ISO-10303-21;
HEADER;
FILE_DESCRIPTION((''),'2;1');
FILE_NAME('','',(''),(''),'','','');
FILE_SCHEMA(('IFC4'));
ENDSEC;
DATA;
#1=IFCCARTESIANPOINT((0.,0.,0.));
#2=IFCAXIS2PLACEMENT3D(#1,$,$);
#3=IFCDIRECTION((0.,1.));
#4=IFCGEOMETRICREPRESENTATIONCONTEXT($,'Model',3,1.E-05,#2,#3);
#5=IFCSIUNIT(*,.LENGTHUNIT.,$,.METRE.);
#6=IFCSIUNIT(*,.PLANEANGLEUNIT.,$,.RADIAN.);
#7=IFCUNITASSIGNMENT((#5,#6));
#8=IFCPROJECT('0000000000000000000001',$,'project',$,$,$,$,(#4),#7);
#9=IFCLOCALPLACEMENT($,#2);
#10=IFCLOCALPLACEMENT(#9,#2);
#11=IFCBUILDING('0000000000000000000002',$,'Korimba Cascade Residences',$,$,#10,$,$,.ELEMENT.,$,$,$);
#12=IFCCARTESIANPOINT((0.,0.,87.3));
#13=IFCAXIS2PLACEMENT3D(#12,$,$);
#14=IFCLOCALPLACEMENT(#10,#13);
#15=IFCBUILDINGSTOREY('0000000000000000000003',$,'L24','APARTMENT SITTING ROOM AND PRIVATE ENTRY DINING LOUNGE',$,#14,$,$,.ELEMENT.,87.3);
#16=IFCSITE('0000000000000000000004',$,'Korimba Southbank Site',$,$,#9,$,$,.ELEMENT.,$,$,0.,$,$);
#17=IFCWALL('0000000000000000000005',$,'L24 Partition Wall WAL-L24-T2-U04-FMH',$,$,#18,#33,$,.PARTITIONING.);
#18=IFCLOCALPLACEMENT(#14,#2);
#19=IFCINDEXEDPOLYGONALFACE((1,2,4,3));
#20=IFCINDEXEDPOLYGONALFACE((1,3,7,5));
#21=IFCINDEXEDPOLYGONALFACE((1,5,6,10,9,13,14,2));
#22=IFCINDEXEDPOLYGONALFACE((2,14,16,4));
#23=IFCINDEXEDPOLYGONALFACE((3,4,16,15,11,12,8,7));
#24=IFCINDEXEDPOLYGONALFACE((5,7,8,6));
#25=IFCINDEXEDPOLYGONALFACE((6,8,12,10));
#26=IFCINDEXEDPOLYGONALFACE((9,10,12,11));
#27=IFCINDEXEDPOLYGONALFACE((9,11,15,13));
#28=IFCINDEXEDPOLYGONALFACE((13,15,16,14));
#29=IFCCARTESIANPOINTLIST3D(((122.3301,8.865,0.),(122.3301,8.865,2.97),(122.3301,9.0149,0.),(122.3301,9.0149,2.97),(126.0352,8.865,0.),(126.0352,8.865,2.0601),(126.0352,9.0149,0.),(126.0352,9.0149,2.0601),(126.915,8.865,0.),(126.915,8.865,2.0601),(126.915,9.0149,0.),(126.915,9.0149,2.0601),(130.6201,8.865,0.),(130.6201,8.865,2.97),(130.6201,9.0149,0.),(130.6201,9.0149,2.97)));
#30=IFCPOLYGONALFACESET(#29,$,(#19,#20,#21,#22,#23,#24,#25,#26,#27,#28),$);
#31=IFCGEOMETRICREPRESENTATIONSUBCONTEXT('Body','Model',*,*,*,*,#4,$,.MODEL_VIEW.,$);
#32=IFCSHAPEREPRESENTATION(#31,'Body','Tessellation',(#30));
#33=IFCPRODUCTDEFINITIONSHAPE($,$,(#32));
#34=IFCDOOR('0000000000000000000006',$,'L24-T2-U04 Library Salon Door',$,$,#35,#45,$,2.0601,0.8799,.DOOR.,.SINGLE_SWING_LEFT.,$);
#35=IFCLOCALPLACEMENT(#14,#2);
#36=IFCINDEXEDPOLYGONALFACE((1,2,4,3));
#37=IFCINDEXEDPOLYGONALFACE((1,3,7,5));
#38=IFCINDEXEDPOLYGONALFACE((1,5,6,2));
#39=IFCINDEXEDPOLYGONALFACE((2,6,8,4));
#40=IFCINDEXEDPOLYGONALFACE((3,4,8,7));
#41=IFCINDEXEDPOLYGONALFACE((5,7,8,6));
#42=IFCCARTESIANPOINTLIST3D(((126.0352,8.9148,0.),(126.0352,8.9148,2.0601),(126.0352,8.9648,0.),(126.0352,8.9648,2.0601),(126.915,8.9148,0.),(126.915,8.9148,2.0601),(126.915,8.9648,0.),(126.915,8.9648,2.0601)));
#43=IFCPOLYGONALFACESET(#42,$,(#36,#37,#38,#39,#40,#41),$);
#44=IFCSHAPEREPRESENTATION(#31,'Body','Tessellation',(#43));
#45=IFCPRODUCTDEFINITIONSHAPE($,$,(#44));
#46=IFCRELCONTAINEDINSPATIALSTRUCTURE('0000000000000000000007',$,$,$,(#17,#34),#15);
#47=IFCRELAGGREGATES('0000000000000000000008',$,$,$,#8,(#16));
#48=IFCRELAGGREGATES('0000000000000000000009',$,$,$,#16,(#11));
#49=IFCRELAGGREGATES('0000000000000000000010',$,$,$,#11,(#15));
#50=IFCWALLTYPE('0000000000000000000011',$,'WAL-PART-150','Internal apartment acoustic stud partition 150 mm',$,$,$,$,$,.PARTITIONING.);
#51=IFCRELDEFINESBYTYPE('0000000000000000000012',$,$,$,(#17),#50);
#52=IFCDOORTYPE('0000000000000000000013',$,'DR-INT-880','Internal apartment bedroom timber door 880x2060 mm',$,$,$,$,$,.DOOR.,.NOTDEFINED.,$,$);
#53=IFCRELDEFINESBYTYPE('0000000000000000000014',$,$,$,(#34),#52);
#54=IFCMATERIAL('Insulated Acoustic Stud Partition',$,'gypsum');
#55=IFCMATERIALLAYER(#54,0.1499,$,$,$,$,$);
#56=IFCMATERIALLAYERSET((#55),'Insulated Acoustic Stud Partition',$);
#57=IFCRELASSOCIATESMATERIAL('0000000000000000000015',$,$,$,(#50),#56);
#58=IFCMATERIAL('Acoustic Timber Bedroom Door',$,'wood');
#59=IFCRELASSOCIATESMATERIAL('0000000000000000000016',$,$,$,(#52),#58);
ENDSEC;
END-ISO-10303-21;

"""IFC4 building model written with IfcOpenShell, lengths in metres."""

from ifc_helpers import new_model, si_unit, direction, frame, frame_2d, origin, place, context, subcontext, project, spatial, rectangle, extrude, material, layer, layer_set, type_object, element, fill, save


model = new_model("IFC4")

# Units and contexts
model_context = context("Model", 3, precision=1e-05, world=origin(), true_north=direction((0.0, 1.0)))
body_context = subcontext(model_context, "Body", "Model", "MODEL_VIEW")
ifc_project = project(units=[si_unit("LENGTHUNIT", "METRE"), si_unit("PLANEANGLEUNIT", "RADIAN")], contexts=[model_context])

# Site, building, storey
site_placement = place(None, origin())
site = spatial("IfcSite", under=ifc_project, at=site_placement, Name="Korimba Southbank Site", CompositionType="ELEMENT", RefElevation=0.0)
building_placement = place(site_placement, origin())
building = spatial("IfcBuilding", under=site, at=building_placement, Name="Korimba Cascade Residences", CompositionType="ELEMENT")
storey_placement = place(building_placement, frame((0.0, 0.0, 87.3)))
storey = spatial("IfcBuildingStorey", under=building, at=storey_placement, Name="L24", Description="APARTMENT SITTING ROOM AND PRIVATE ENTRY DINING LOUNGE", CompositionType="ELEMENT", Elevation=87.3)

# Wall, opening, door
ifc_material_1 = material(Name="Insulated Acoustic Stud Partition", Category="gypsum")
ifc_layer_1 = layer(ifc_material_1, 0.1499)
ifc_layer_set_1 = layer_set([ifc_layer_1], Name="Insulated Acoustic Stud Partition")
wall_type_1 = type_object("IfcWallType", Name="WAL-PART-150", Description="Internal apartment acoustic stud partition 150 mm", PredefinedType="PARTITIONING", material=ifc_layer_set_1)
wall_1_placement = place(storey_placement, frame((122.3301, 8.9399, 0.0), z_axis=(0.0, 0.0, 1.0), x_axis=(1.0, 0.0, 0.0)))
wall_1 = element("IfcWall", 1, at=wall_1_placement, inside=storey, type_object=wall_type_1, Name="L24 Partition Wall WAL-L24-T2-U04-FMH", PredefinedType="PARTITIONING", context=body_context, shape_type="SweptSolid", body=[
    extrude(rectangle(XDim=8.29, YDim=0.1499, at=frame_2d((4.145, 0.0))), origin(), (0.0, 0.0, 1.0), 2.97),
])
opening_1_placement = place(wall_1_placement, frame((3.7051, 0.0, 0.0)))
opening_1 = element("IfcOpeningElement", 2, at=opening_1_placement, cuts=wall_1, PredefinedType="OPENING", context=body_context, shape_type="SweptSolid", body=[
    extrude(rectangle(XDim=0.8799, YDim=2.0601, at=frame_2d((0.4399, 1.03))), frame((0.0, 0.085, 0.0), z_axis=(0.0, -1.0, 0.0), x_axis=(1.0, 0.0, 0.0)), (0.0, 0.0, 1.0), 0.1699),
])
ifc_material_2 = material(Name="Acoustic Timber Bedroom Door", Category="wood")
door_type_1 = type_object("IfcDoorType", Name="DR-INT-880", Description="Internal apartment bedroom timber door 880x2060 mm", OperationType="NOTDEFINED", PredefinedType="DOOR", material=ifc_material_2)
door_1_placement = place(opening_1_placement, origin())
door_1 = element("IfcDoor", 3, at=door_1_placement, inside=storey, type_object=door_type_1, Name="L24-T2-U04 Library Salon Door", OperationType="SINGLE_SWING_LEFT", OverallHeight=2.0601, OverallWidth=0.8799, PredefinedType="DOOR", context=body_context, shape_type="SweptSolid", body=[
    extrude(rectangle(XDim=0.8799, YDim=2.0601, at=frame_2d((0.4399, 1.03))), frame((0.0, 0.0249, 0.0), z_axis=(0.0, -1.0, 0.0), x_axis=(1.0, 0.0, 0.0)), (0.0, 0.0, 1.0), 0.05),
])
fill(opening_1, door_1)

save(model, "model.ifc")
